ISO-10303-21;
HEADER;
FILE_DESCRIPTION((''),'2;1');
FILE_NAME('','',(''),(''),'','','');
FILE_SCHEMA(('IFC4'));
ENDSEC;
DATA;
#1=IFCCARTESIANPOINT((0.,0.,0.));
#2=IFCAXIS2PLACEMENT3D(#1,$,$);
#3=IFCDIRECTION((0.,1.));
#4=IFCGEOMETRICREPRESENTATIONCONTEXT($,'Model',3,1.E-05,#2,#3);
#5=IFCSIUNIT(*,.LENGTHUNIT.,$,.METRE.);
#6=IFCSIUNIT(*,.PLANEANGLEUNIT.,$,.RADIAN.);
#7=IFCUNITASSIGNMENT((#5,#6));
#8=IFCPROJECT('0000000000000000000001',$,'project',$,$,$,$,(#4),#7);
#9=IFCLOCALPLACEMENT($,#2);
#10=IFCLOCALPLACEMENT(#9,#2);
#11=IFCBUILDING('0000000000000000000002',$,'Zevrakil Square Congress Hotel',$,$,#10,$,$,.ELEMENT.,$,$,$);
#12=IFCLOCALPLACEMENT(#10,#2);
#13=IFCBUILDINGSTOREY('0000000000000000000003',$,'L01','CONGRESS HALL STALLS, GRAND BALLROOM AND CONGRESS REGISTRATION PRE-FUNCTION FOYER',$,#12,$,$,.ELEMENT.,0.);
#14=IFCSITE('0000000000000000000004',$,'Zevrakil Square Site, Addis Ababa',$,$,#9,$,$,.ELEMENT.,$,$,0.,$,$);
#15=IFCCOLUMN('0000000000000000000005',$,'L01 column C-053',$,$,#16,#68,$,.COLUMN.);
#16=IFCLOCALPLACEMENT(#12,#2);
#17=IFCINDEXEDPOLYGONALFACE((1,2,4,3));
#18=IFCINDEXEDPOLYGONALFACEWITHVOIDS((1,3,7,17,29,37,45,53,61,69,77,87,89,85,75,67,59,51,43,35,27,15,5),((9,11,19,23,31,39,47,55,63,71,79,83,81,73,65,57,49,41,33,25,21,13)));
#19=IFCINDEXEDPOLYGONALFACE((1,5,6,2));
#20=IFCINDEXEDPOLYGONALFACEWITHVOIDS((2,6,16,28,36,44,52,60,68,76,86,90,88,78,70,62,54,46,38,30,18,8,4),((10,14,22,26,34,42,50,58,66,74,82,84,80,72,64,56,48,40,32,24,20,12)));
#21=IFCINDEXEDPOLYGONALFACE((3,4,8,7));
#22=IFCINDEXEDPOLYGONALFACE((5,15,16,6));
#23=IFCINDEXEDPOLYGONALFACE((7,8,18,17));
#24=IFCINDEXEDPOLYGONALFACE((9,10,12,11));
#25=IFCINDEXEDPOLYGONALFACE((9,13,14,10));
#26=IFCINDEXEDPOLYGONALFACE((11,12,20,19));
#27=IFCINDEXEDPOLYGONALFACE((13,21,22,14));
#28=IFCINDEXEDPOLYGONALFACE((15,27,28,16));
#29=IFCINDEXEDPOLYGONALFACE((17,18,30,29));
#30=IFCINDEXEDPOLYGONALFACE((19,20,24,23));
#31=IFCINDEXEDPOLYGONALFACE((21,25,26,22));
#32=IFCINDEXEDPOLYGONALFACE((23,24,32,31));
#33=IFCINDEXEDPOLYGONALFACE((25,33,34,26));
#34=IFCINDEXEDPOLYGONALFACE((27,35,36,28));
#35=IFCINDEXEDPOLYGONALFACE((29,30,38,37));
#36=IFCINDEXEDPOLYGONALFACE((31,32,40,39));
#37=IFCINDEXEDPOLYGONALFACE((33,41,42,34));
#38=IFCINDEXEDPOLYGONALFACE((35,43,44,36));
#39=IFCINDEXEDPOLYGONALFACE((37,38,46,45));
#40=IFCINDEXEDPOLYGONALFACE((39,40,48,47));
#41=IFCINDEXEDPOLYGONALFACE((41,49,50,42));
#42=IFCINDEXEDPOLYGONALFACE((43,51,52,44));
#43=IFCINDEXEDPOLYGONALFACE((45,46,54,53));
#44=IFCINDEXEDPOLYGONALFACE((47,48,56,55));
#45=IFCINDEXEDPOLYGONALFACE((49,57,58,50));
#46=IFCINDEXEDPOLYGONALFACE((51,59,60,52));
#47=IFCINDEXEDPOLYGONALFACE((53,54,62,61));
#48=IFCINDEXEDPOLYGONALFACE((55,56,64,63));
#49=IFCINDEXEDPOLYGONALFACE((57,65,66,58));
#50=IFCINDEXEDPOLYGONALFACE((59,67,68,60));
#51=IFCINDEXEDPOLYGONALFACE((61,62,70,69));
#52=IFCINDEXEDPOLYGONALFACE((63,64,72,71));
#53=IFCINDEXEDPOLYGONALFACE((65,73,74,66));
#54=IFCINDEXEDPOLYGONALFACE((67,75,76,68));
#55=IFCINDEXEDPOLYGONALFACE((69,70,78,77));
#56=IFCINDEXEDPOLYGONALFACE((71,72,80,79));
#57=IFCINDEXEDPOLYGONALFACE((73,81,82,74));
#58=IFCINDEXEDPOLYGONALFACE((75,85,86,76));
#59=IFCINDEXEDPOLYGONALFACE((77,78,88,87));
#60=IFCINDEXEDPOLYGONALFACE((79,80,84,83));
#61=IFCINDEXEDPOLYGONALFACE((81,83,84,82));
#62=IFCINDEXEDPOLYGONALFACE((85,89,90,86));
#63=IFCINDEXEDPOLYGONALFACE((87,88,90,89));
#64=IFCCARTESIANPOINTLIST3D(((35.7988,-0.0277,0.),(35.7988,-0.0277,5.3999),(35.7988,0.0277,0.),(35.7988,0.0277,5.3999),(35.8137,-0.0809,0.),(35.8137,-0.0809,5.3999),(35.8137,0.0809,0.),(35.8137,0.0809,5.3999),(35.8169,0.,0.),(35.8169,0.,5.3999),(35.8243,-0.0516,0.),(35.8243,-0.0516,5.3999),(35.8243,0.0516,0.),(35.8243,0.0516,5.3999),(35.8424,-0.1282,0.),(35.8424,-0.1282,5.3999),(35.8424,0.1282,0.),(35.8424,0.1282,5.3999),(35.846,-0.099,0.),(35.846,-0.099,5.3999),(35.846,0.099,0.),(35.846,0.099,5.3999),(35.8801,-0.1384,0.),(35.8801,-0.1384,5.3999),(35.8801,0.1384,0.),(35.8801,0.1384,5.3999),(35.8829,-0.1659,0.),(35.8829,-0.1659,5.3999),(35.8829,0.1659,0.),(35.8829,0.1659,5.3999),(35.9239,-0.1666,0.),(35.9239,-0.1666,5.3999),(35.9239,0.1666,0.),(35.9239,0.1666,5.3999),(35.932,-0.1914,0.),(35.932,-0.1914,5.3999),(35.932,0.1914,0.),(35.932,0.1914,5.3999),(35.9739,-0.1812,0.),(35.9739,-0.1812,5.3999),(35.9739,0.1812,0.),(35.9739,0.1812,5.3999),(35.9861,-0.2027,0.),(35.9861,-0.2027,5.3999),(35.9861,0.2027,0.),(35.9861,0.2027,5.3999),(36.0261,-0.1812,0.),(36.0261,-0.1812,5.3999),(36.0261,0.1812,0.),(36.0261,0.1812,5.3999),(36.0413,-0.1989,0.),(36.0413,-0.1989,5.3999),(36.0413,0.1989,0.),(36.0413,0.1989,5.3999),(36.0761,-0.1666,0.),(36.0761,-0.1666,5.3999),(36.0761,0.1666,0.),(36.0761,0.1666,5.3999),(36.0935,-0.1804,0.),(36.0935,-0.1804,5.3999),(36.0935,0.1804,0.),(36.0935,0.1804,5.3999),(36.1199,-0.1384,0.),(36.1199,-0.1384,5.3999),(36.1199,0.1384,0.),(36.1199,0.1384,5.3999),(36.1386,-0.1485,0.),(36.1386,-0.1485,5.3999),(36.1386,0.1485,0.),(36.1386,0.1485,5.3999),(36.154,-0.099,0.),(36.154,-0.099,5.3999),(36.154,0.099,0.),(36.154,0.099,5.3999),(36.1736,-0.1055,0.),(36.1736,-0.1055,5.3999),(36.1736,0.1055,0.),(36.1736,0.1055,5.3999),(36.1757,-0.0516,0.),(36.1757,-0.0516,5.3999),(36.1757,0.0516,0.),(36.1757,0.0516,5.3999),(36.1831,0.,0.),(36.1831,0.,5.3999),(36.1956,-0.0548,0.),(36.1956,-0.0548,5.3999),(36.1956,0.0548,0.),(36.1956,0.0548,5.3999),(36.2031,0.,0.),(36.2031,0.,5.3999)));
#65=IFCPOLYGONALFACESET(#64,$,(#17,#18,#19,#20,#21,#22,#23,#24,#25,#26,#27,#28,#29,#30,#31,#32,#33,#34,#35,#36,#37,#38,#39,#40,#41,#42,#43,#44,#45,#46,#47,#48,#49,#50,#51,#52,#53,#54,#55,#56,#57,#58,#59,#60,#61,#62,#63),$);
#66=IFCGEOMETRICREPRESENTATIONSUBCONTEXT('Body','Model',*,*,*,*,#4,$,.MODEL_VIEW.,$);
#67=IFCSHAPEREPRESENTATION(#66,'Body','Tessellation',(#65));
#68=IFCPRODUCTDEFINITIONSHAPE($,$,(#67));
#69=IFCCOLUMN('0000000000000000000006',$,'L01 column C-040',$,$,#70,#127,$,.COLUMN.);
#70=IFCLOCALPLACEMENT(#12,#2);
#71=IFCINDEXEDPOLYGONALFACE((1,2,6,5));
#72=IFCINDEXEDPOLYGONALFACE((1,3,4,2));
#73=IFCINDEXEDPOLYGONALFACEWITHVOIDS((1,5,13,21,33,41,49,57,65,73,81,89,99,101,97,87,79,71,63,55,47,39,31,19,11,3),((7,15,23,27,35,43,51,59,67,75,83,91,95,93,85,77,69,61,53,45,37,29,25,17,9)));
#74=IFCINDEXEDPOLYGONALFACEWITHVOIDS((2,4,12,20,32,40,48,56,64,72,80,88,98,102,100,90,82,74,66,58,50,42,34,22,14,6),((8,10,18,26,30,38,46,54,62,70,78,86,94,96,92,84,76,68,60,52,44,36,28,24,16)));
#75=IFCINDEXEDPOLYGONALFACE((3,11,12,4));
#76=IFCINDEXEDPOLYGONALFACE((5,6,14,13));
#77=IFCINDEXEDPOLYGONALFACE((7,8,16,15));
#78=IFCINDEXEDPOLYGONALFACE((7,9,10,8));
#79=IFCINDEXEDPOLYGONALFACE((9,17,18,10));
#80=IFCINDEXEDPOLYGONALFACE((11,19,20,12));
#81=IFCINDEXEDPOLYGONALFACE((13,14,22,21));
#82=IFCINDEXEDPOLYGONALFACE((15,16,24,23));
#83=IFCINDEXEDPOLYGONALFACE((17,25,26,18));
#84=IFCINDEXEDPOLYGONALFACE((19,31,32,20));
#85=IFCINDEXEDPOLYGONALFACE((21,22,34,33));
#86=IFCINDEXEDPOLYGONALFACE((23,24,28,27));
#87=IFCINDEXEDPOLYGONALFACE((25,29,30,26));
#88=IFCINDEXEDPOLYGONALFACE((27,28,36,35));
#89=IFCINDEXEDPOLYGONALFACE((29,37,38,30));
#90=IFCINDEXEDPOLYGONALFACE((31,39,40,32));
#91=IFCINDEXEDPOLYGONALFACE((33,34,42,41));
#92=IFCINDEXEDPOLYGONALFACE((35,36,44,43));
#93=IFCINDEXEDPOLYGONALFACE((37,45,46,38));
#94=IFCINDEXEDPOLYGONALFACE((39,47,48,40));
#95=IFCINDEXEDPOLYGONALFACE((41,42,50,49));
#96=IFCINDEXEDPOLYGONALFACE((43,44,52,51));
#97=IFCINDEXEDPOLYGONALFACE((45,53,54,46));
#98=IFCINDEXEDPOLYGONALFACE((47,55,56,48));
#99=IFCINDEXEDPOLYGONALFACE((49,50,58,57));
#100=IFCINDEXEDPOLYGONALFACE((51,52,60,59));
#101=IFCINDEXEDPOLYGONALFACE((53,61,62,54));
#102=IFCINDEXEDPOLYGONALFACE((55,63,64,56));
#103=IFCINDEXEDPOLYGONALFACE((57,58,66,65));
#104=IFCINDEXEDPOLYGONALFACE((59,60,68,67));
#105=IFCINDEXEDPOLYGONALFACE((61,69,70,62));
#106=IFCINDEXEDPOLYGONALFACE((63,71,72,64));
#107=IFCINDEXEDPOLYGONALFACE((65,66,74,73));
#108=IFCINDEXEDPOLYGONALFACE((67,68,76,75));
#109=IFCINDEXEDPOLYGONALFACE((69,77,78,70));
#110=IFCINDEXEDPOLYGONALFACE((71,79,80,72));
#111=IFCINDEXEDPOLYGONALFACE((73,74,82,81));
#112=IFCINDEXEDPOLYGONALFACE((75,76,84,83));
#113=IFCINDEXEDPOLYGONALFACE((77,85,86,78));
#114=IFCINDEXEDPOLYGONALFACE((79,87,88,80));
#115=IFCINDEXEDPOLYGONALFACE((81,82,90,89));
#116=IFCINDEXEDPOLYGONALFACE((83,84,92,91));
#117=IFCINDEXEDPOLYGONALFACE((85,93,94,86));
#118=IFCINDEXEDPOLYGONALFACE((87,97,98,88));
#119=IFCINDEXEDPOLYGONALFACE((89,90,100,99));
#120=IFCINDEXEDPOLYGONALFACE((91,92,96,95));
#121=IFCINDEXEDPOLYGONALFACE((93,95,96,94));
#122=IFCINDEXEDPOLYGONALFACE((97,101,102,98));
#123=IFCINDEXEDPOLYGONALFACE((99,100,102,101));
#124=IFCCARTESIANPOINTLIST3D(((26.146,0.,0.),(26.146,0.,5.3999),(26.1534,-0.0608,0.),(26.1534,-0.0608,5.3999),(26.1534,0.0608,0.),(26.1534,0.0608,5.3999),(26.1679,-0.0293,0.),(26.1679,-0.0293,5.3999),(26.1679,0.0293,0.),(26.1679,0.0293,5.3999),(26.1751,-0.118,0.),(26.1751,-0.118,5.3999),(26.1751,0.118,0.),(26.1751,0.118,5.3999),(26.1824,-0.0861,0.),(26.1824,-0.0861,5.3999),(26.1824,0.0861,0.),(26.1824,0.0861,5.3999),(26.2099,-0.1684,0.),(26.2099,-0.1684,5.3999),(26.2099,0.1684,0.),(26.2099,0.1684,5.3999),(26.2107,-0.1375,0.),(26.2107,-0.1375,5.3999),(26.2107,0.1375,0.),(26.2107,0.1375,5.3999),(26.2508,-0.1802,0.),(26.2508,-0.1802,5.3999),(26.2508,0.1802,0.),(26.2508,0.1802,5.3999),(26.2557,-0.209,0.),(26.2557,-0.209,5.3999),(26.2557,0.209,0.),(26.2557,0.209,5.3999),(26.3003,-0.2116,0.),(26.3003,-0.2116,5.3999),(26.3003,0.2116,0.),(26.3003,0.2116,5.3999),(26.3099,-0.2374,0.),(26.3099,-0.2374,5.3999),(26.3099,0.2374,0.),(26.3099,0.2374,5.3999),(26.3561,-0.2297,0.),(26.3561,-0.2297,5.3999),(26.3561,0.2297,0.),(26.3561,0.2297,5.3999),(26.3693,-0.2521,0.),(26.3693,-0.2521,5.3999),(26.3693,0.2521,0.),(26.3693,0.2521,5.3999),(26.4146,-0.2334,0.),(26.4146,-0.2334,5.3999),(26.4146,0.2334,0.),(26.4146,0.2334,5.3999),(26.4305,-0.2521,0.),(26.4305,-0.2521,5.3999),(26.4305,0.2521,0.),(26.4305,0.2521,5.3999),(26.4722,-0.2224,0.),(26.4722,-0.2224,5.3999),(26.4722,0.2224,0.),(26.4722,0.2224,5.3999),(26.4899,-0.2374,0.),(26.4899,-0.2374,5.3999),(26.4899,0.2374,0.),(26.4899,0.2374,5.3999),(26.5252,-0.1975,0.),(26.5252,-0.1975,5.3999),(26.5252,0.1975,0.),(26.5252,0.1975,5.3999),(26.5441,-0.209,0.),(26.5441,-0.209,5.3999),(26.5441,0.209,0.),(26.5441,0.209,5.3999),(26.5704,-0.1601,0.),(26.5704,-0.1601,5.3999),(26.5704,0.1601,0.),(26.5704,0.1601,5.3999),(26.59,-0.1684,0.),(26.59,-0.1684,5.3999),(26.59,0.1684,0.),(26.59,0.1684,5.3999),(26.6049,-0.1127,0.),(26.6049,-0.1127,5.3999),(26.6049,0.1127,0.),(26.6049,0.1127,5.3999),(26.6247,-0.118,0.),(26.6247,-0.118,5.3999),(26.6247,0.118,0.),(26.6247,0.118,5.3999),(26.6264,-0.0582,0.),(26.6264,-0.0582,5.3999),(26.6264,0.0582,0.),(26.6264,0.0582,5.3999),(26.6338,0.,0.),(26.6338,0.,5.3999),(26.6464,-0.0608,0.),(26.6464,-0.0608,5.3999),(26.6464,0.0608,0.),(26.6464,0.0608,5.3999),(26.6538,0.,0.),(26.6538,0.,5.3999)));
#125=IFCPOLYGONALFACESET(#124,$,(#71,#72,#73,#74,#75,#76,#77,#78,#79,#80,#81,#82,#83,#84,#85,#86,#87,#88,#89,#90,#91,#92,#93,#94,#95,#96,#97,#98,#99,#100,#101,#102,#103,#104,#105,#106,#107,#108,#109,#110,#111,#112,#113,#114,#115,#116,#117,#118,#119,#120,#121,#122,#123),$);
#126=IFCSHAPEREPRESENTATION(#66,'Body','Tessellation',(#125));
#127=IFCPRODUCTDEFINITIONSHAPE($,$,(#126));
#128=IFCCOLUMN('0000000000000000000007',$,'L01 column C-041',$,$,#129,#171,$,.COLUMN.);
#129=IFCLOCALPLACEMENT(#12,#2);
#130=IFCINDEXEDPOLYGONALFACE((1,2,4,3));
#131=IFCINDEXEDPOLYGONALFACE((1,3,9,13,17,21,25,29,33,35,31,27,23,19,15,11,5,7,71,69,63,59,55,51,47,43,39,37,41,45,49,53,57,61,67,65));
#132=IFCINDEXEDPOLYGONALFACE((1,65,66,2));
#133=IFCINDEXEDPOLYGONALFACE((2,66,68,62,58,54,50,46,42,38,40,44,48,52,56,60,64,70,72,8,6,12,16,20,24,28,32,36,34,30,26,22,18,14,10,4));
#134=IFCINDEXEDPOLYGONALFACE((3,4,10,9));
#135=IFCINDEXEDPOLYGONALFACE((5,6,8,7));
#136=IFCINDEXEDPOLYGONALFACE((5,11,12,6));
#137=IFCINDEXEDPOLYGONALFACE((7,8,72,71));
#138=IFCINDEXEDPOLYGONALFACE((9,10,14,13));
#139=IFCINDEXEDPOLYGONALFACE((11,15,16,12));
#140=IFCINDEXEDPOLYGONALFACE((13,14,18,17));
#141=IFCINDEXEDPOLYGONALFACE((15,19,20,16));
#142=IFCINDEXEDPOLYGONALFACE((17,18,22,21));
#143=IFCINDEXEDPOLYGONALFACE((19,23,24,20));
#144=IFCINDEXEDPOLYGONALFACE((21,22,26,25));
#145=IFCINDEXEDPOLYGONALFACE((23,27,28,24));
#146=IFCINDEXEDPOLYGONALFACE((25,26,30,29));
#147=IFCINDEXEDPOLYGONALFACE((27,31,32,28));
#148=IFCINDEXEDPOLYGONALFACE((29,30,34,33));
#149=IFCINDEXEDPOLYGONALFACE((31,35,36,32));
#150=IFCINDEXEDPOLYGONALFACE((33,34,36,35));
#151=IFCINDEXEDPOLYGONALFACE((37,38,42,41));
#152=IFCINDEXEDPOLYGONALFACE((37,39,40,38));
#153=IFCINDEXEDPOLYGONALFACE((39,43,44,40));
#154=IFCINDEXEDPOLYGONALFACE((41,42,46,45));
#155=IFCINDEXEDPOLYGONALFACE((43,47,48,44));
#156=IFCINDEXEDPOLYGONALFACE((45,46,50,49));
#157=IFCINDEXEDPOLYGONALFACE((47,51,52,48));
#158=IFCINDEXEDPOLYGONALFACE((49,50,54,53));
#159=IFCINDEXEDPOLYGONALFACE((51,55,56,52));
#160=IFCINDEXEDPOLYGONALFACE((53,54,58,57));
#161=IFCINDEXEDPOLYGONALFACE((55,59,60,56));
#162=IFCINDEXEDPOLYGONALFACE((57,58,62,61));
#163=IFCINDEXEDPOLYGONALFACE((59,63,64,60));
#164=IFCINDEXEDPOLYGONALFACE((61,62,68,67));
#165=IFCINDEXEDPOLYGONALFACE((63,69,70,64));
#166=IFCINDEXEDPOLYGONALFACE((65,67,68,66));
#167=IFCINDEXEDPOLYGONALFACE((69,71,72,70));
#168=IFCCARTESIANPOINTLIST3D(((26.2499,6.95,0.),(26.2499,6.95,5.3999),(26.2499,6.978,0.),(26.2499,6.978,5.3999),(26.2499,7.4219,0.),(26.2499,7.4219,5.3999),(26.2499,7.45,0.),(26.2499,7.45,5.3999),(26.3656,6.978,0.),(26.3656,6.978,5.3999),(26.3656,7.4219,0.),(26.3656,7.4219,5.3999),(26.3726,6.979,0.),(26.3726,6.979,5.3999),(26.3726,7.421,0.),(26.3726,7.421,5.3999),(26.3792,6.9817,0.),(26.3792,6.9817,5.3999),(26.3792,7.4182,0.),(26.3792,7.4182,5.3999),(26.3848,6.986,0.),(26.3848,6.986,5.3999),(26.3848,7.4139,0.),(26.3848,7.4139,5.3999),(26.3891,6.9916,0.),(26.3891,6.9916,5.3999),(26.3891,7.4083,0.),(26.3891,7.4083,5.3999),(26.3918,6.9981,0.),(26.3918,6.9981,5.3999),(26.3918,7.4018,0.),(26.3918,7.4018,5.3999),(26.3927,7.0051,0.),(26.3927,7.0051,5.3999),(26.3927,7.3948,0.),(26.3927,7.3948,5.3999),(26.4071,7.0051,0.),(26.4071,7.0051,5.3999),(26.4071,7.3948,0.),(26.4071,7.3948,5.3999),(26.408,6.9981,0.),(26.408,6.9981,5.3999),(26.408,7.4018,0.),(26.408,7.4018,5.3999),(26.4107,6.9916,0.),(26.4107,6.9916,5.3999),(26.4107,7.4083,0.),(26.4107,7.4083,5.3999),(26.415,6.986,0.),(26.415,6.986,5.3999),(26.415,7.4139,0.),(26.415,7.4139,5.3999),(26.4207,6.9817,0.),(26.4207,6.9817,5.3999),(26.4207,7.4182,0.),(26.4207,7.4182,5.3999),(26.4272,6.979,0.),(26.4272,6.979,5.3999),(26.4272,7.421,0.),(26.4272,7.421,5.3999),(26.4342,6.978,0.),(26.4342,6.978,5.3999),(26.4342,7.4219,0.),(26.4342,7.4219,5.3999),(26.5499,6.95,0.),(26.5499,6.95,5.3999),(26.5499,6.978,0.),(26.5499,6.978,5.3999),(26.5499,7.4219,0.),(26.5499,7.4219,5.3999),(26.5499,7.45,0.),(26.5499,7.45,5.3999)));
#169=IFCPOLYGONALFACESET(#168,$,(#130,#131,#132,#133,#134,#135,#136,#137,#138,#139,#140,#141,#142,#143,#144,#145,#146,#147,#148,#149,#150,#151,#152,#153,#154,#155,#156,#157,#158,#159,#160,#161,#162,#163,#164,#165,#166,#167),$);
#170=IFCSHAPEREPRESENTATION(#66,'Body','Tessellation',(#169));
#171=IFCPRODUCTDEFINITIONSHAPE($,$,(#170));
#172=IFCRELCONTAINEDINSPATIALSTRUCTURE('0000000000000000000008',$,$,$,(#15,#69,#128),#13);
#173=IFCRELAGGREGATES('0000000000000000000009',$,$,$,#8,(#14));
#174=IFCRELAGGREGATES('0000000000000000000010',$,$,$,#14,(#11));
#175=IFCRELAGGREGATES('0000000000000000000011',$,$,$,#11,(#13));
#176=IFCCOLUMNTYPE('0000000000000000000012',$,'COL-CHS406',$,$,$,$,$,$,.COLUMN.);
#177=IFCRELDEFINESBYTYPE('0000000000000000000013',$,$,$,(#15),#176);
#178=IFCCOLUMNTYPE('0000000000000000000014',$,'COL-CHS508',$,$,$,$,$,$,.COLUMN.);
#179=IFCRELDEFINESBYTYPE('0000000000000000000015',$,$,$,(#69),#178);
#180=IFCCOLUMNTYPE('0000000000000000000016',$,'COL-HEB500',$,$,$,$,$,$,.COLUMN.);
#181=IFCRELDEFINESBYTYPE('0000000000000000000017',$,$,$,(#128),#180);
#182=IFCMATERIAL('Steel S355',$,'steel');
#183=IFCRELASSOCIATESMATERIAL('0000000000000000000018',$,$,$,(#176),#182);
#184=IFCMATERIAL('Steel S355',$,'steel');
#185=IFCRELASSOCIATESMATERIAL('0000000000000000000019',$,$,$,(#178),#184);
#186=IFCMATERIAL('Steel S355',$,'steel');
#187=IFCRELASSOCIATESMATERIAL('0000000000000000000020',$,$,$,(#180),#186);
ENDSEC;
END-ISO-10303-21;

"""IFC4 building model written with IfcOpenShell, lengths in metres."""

from ifc_helpers import new_model, si_unit, direction, frame, origin, origin_2d, place, context, subcontext, project, spatial, hollow_circle, i_section, extrude, material, material_profile, profile_set, type_object, element, save


model = new_model("IFC4")

# Units and contexts
model_context = context("Model", 3, precision=1e-05, world=origin(), true_north=direction((0.0, 1.0)))
body_context = subcontext(model_context, "Body", "Model", "MODEL_VIEW")
ifc_project = project(units=[si_unit("LENGTHUNIT", "METRE"), si_unit("PLANEANGLEUNIT", "RADIAN")], contexts=[model_context])

# Site, building, storey
site_placement = place(None, origin())
site = spatial("IfcSite", under=ifc_project, at=site_placement, Name="Zevrakil Square Site, Addis Ababa", CompositionType="ELEMENT", RefElevation=0.0)
building_placement = place(site_placement, origin())
building = spatial("IfcBuilding", under=site, at=building_placement, Name="Zevrakil Square Congress Hotel", CompositionType="ELEMENT")
storey_placement = place(building_placement, origin())
storey = spatial("IfcBuildingStorey", under=building, at=storey_placement, Name="L01", Description="CONGRESS HALL STALLS, GRAND BALLROOM AND CONGRESS REGISTRATION PRE-FUNCTION FOYER", CompositionType="ELEMENT", Elevation=0.0)

# Columns
ifc_material_1 = material(Name="Steel S355", Category="steel")
ifc_material_profile_1 = material_profile(ifc_material_1, hollow_circle(Radius=0.2031, WallThickness=0.02, at=origin_2d()), Name="CHS 406.4x20")
ifc_profile_set_1 = profile_set([ifc_material_profile_1], Name="Steel S355")
column_type_1 = type_object("IfcColumnType", Name="COL-CHS406", PredefinedType="COLUMN", material=ifc_profile_set_1)
column_1_placement = place(storey_placement, frame((36.0, 0.0, 0.0), z_axis=(0.0, 0.0, 1.0), x_axis=(1.0, 0.0, 0.0)))
element("IfcColumn", 1, at=column_1_placement, inside=storey, type_object=column_type_1, Name="L01 column C-053", PredefinedType="COLUMN", context=body_context, shape_type="SweptSolid", body=[
    extrude(hollow_circle(Radius=0.2031, WallThickness=0.02, at=origin_2d()), origin(), (0.0, 0.0, 1.0), 5.3999),
])
ifc_material_2 = material(Name="Steel S355", Category="steel")
ifc_material_profile_2 = material_profile(ifc_material_2, hollow_circle(Radius=0.2539, WallThickness=0.02, at=origin_2d()), Name="CHS 508x20")
ifc_profile_set_2 = profile_set([ifc_material_profile_2], Name="Steel S355")
column_type_2 = type_object("IfcColumnType", Name="COL-CHS508", PredefinedType="COLUMN", material=ifc_profile_set_2)
column_2_placement = place(storey_placement, frame((26.3999, 0.0, 0.0), z_axis=(0.0, 0.0, 1.0), x_axis=(1.0, 0.0, 0.0)))
element("IfcColumn", 2, at=column_2_placement, inside=storey, type_object=column_type_2, Name="L01 column C-040", PredefinedType="COLUMN", context=body_context, shape_type="SweptSolid", body=[
    extrude(hollow_circle(Radius=0.2539, WallThickness=0.02, at=origin_2d()), origin(), (0.0, 0.0, 1.0), 5.3999),
])
ifc_material_3 = material(Name="Steel S355", Category="steel")
ifc_material_profile_3 = material_profile(ifc_material_3, i_section(OverallWidth=0.3, OverallDepth=0.5, WebThickness=0.0144, FlangeThickness=0.0281, FilletRadius=0.0271, at=origin_2d()), Name="HEB 500")
ifc_profile_set_3 = profile_set([ifc_material_profile_3], Name="Steel S355")
column_type_3 = type_object("IfcColumnType", Name="COL-HEB500", PredefinedType="COLUMN", material=ifc_profile_set_3)
for number, where, z_axis, x_axis, name in (
    (3, (26.3999, 7.2, 0.0), (0.0, 0.0, 1.0), (1.0, 0.0, 0.0), "L01 column C-041"),
):
    element("IfcColumn", number, at=place(storey_placement, frame(where, z_axis=z_axis, x_axis=x_axis)), inside=storey, type_object=column_type_3, Name=name, PredefinedType="COLUMN", context=body_context, shape_type="SweptSolid", body=[
        extrude(i_section(OverallWidth=0.3, OverallDepth=0.5, WebThickness=0.0144, FlangeThickness=0.0281, FilletRadius=0.0271, at=origin_2d()), origin(), (0.0, 0.0, 1.0), 5.3999),
    ])

save(model, "model.ifc")
